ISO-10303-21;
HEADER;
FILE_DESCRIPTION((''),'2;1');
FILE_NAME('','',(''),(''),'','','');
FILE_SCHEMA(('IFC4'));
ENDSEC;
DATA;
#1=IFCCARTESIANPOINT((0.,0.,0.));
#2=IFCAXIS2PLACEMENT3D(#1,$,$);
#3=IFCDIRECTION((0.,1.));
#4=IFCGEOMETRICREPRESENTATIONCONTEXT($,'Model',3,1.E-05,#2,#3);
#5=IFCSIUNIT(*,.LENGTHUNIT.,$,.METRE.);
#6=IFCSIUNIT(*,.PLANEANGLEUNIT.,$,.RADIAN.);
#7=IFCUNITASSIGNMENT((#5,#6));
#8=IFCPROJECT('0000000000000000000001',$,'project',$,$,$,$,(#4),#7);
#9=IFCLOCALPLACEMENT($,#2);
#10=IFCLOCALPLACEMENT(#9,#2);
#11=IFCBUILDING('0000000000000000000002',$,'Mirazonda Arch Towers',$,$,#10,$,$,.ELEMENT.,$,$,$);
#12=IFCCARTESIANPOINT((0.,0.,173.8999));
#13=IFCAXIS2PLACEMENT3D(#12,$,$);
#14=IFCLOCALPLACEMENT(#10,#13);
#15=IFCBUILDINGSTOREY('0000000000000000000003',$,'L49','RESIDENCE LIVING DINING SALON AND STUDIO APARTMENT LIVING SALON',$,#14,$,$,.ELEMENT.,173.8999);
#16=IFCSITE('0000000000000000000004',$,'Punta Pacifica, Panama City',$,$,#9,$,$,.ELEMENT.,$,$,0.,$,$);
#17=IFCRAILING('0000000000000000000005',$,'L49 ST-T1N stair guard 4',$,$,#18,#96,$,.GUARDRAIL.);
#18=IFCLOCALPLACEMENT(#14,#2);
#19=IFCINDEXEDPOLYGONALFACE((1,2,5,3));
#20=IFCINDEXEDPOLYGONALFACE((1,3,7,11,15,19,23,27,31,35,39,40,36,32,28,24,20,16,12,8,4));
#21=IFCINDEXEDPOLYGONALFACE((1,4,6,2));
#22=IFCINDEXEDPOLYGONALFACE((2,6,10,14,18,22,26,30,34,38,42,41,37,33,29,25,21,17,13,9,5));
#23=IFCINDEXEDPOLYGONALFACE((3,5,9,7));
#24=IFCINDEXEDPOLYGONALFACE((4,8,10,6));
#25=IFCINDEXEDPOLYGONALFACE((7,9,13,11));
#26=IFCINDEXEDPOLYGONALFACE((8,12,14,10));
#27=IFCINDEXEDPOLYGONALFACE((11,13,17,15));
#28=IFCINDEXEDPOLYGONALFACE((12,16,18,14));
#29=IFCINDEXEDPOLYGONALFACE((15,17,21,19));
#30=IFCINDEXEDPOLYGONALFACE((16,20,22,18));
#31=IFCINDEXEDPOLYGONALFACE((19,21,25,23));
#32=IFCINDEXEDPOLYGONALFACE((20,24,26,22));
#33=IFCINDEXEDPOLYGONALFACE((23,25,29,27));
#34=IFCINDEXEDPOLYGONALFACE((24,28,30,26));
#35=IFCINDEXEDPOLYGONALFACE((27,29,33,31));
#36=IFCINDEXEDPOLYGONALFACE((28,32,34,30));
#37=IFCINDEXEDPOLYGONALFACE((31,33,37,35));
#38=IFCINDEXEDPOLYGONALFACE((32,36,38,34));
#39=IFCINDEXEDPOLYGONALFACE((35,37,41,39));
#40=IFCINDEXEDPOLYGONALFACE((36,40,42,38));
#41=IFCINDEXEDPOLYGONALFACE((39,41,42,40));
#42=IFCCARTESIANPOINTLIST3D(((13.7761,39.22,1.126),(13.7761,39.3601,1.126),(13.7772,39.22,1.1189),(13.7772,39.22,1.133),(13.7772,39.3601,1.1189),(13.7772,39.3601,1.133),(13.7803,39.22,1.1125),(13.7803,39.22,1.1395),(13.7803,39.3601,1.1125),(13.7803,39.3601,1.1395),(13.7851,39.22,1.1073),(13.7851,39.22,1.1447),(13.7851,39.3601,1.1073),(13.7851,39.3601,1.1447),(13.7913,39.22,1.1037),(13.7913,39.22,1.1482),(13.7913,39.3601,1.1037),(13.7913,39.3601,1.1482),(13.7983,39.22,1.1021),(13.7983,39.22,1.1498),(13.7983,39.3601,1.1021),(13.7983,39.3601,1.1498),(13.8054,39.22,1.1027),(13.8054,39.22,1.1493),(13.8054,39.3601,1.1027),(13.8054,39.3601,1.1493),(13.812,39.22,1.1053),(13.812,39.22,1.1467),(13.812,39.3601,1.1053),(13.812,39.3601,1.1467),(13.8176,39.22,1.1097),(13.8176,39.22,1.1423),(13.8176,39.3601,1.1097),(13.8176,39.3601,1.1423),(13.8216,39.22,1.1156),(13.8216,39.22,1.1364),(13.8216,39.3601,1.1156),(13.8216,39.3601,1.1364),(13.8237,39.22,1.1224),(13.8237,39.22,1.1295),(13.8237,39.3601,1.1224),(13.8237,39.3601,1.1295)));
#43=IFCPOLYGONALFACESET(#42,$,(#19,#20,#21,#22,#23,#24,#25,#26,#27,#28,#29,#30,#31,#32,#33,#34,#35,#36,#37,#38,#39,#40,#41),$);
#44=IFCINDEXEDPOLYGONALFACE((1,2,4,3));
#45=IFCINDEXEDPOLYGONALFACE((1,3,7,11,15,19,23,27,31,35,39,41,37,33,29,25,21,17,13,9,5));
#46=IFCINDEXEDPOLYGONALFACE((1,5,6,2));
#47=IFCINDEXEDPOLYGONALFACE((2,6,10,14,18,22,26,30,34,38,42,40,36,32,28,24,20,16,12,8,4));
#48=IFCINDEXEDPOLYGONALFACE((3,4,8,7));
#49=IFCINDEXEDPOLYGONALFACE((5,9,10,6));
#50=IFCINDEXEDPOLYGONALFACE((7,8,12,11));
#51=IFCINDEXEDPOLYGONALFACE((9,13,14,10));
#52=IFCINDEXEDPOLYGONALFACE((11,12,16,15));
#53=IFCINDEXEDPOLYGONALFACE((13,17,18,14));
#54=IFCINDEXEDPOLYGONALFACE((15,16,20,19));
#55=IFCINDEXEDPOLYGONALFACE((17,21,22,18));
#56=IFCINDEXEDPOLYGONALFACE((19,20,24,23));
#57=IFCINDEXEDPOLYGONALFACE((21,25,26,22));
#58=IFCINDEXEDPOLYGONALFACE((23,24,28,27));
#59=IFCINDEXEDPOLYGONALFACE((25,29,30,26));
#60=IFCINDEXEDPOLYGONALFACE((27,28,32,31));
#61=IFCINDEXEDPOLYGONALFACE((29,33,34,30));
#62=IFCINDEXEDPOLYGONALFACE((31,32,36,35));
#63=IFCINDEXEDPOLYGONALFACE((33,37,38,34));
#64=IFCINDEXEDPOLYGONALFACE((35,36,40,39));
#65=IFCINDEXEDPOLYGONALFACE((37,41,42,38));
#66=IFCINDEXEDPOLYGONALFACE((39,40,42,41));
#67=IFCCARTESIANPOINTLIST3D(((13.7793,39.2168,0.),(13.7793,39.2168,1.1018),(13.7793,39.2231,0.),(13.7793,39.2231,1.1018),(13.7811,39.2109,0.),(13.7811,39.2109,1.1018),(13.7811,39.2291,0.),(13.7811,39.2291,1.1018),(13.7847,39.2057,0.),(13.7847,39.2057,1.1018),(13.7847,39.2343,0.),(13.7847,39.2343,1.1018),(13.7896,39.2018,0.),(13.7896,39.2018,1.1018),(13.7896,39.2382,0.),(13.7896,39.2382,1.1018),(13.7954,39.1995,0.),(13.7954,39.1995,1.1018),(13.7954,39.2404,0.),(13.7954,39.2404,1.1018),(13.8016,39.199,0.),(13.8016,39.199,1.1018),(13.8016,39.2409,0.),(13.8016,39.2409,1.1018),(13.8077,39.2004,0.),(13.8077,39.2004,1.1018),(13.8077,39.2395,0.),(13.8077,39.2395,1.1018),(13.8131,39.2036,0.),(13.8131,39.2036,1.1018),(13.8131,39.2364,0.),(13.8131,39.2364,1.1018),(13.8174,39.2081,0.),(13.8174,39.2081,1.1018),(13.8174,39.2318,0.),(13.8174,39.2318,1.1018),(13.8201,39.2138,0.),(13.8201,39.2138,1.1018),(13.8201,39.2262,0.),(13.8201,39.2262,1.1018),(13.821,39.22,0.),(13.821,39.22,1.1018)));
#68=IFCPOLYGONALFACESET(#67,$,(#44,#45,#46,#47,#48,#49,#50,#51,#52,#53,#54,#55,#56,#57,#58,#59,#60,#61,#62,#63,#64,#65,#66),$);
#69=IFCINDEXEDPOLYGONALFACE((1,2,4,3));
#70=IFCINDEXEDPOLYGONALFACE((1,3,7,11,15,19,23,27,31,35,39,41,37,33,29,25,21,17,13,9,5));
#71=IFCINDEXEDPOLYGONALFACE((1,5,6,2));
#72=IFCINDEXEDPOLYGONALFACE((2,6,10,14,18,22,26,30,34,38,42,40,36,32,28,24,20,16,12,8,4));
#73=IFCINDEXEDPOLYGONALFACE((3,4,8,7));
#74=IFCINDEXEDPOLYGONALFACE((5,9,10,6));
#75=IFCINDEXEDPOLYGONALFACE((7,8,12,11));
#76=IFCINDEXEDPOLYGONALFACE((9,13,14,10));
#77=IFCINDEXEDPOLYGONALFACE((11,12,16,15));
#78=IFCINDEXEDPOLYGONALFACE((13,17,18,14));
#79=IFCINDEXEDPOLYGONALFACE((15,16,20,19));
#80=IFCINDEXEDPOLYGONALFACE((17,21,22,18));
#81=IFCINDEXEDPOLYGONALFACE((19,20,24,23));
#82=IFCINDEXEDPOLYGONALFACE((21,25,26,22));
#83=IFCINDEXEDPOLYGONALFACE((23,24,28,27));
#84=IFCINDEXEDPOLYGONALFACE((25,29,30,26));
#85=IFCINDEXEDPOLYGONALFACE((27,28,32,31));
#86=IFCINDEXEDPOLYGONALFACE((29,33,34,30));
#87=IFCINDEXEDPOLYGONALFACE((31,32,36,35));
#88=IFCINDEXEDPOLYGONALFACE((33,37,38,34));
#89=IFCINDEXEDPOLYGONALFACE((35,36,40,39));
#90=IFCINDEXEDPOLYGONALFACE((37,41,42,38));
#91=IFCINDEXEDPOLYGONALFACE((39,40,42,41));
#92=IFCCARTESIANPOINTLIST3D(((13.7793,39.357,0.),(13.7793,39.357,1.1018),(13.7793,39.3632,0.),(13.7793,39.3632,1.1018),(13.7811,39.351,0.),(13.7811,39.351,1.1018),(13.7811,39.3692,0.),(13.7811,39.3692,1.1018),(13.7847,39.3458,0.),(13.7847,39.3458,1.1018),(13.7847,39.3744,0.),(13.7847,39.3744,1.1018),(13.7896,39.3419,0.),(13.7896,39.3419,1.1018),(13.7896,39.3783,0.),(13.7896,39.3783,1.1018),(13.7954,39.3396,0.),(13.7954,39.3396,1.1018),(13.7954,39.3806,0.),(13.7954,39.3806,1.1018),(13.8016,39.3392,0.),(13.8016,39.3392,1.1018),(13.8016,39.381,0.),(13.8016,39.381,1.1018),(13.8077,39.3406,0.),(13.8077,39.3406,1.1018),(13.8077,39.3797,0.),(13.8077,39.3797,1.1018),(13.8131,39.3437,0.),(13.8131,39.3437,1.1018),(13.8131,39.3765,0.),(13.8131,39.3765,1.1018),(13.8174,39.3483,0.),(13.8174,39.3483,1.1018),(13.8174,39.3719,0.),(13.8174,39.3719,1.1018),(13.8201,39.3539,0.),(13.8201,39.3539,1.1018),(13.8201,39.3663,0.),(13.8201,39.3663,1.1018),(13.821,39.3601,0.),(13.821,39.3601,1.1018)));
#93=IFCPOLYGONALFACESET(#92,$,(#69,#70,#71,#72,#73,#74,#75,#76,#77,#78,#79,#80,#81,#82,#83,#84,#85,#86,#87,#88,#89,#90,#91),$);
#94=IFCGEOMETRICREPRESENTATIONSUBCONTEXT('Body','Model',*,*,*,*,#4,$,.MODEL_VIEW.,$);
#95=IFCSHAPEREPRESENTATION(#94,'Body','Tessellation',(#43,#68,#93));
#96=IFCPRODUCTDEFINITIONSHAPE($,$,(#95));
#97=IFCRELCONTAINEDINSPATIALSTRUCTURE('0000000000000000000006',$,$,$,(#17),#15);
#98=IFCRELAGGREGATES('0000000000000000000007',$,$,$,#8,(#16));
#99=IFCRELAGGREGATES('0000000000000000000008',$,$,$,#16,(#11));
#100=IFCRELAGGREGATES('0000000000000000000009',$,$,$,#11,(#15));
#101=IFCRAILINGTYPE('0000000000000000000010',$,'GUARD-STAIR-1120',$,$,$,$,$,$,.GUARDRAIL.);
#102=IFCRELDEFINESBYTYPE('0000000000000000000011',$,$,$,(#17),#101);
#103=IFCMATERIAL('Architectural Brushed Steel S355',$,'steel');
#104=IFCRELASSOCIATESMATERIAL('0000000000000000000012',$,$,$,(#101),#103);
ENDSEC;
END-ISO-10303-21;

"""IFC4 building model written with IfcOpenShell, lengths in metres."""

from ifc_helpers import new_model, si_unit, direction, frame, origin, origin_2d, place, context, subcontext, project, spatial, circle, extrude, material, type_object, element, save


model = new_model("IFC4")

# Units and contexts
model_context = context("Model", 3, precision=1e-05, world=origin(), true_north=direction((0.0, 1.0)))
body_context = subcontext(model_context, "Body", "Model", "MODEL_VIEW")
ifc_project = project(units=[si_unit("LENGTHUNIT", "METRE"), si_unit("PLANEANGLEUNIT", "RADIAN")], contexts=[model_context])

# Site, building, storey
site_placement = place(None, origin())
site = spatial("IfcSite", under=ifc_project, at=site_placement, Name="Punta Pacifica, Panama City", CompositionType="ELEMENT", RefElevation=0.0)
building_placement = place(site_placement, origin())
building = spatial("IfcBuilding", under=site, at=building_placement, Name="Mirazonda Arch Towers", CompositionType="ELEMENT")
storey_placement = place(building_placement, frame((0.0, 0.0, 173.8999)))
storey = spatial("IfcBuildingStorey", under=building, at=storey_placement, Name="L49", Description="RESIDENCE LIVING DINING SALON AND STUDIO APARTMENT LIVING SALON", CompositionType="ELEMENT", Elevation=173.8999)

# Shared definitions
ifc_material_1 = material(Name="Architectural Brushed Steel S355", Category="steel")

# Railing
railing_type_1 = type_object("IfcRailingType", Name="GUARD-STAIR-1120", PredefinedType="GUARDRAIL", material=ifc_material_1)
railing_1_placement = place(storey_placement, frame((13.8, 39.22, 0.0)))
element("IfcRailing", 1, at=railing_1_placement, inside=storey, type_object=railing_type_1, Name="L49 ST-T1N stair guard 4", PredefinedType="GUARDRAIL", context=body_context, shape_type="SweptSolid", body=[
    extrude(circle(Radius=0.0239, at=origin_2d()), frame((0.0, 0.0, 1.126), z_axis=(0.0, 1.0, 0.0), x_axis=(-1.0, 0.0, 0.0)), (0.0, 0.0, 1.0), 0.1401),
    extrude(circle(Radius=0.021, at=origin_2d()), origin(), (0.0, 0.0, 1.0), 1.1018),
    extrude(circle(Radius=0.021, at=origin_2d()), frame((0.0, 0.1401, 0.0)), (0.0, 0.0, 1.0), 1.1018),
])

save(model, "model.ifc")
